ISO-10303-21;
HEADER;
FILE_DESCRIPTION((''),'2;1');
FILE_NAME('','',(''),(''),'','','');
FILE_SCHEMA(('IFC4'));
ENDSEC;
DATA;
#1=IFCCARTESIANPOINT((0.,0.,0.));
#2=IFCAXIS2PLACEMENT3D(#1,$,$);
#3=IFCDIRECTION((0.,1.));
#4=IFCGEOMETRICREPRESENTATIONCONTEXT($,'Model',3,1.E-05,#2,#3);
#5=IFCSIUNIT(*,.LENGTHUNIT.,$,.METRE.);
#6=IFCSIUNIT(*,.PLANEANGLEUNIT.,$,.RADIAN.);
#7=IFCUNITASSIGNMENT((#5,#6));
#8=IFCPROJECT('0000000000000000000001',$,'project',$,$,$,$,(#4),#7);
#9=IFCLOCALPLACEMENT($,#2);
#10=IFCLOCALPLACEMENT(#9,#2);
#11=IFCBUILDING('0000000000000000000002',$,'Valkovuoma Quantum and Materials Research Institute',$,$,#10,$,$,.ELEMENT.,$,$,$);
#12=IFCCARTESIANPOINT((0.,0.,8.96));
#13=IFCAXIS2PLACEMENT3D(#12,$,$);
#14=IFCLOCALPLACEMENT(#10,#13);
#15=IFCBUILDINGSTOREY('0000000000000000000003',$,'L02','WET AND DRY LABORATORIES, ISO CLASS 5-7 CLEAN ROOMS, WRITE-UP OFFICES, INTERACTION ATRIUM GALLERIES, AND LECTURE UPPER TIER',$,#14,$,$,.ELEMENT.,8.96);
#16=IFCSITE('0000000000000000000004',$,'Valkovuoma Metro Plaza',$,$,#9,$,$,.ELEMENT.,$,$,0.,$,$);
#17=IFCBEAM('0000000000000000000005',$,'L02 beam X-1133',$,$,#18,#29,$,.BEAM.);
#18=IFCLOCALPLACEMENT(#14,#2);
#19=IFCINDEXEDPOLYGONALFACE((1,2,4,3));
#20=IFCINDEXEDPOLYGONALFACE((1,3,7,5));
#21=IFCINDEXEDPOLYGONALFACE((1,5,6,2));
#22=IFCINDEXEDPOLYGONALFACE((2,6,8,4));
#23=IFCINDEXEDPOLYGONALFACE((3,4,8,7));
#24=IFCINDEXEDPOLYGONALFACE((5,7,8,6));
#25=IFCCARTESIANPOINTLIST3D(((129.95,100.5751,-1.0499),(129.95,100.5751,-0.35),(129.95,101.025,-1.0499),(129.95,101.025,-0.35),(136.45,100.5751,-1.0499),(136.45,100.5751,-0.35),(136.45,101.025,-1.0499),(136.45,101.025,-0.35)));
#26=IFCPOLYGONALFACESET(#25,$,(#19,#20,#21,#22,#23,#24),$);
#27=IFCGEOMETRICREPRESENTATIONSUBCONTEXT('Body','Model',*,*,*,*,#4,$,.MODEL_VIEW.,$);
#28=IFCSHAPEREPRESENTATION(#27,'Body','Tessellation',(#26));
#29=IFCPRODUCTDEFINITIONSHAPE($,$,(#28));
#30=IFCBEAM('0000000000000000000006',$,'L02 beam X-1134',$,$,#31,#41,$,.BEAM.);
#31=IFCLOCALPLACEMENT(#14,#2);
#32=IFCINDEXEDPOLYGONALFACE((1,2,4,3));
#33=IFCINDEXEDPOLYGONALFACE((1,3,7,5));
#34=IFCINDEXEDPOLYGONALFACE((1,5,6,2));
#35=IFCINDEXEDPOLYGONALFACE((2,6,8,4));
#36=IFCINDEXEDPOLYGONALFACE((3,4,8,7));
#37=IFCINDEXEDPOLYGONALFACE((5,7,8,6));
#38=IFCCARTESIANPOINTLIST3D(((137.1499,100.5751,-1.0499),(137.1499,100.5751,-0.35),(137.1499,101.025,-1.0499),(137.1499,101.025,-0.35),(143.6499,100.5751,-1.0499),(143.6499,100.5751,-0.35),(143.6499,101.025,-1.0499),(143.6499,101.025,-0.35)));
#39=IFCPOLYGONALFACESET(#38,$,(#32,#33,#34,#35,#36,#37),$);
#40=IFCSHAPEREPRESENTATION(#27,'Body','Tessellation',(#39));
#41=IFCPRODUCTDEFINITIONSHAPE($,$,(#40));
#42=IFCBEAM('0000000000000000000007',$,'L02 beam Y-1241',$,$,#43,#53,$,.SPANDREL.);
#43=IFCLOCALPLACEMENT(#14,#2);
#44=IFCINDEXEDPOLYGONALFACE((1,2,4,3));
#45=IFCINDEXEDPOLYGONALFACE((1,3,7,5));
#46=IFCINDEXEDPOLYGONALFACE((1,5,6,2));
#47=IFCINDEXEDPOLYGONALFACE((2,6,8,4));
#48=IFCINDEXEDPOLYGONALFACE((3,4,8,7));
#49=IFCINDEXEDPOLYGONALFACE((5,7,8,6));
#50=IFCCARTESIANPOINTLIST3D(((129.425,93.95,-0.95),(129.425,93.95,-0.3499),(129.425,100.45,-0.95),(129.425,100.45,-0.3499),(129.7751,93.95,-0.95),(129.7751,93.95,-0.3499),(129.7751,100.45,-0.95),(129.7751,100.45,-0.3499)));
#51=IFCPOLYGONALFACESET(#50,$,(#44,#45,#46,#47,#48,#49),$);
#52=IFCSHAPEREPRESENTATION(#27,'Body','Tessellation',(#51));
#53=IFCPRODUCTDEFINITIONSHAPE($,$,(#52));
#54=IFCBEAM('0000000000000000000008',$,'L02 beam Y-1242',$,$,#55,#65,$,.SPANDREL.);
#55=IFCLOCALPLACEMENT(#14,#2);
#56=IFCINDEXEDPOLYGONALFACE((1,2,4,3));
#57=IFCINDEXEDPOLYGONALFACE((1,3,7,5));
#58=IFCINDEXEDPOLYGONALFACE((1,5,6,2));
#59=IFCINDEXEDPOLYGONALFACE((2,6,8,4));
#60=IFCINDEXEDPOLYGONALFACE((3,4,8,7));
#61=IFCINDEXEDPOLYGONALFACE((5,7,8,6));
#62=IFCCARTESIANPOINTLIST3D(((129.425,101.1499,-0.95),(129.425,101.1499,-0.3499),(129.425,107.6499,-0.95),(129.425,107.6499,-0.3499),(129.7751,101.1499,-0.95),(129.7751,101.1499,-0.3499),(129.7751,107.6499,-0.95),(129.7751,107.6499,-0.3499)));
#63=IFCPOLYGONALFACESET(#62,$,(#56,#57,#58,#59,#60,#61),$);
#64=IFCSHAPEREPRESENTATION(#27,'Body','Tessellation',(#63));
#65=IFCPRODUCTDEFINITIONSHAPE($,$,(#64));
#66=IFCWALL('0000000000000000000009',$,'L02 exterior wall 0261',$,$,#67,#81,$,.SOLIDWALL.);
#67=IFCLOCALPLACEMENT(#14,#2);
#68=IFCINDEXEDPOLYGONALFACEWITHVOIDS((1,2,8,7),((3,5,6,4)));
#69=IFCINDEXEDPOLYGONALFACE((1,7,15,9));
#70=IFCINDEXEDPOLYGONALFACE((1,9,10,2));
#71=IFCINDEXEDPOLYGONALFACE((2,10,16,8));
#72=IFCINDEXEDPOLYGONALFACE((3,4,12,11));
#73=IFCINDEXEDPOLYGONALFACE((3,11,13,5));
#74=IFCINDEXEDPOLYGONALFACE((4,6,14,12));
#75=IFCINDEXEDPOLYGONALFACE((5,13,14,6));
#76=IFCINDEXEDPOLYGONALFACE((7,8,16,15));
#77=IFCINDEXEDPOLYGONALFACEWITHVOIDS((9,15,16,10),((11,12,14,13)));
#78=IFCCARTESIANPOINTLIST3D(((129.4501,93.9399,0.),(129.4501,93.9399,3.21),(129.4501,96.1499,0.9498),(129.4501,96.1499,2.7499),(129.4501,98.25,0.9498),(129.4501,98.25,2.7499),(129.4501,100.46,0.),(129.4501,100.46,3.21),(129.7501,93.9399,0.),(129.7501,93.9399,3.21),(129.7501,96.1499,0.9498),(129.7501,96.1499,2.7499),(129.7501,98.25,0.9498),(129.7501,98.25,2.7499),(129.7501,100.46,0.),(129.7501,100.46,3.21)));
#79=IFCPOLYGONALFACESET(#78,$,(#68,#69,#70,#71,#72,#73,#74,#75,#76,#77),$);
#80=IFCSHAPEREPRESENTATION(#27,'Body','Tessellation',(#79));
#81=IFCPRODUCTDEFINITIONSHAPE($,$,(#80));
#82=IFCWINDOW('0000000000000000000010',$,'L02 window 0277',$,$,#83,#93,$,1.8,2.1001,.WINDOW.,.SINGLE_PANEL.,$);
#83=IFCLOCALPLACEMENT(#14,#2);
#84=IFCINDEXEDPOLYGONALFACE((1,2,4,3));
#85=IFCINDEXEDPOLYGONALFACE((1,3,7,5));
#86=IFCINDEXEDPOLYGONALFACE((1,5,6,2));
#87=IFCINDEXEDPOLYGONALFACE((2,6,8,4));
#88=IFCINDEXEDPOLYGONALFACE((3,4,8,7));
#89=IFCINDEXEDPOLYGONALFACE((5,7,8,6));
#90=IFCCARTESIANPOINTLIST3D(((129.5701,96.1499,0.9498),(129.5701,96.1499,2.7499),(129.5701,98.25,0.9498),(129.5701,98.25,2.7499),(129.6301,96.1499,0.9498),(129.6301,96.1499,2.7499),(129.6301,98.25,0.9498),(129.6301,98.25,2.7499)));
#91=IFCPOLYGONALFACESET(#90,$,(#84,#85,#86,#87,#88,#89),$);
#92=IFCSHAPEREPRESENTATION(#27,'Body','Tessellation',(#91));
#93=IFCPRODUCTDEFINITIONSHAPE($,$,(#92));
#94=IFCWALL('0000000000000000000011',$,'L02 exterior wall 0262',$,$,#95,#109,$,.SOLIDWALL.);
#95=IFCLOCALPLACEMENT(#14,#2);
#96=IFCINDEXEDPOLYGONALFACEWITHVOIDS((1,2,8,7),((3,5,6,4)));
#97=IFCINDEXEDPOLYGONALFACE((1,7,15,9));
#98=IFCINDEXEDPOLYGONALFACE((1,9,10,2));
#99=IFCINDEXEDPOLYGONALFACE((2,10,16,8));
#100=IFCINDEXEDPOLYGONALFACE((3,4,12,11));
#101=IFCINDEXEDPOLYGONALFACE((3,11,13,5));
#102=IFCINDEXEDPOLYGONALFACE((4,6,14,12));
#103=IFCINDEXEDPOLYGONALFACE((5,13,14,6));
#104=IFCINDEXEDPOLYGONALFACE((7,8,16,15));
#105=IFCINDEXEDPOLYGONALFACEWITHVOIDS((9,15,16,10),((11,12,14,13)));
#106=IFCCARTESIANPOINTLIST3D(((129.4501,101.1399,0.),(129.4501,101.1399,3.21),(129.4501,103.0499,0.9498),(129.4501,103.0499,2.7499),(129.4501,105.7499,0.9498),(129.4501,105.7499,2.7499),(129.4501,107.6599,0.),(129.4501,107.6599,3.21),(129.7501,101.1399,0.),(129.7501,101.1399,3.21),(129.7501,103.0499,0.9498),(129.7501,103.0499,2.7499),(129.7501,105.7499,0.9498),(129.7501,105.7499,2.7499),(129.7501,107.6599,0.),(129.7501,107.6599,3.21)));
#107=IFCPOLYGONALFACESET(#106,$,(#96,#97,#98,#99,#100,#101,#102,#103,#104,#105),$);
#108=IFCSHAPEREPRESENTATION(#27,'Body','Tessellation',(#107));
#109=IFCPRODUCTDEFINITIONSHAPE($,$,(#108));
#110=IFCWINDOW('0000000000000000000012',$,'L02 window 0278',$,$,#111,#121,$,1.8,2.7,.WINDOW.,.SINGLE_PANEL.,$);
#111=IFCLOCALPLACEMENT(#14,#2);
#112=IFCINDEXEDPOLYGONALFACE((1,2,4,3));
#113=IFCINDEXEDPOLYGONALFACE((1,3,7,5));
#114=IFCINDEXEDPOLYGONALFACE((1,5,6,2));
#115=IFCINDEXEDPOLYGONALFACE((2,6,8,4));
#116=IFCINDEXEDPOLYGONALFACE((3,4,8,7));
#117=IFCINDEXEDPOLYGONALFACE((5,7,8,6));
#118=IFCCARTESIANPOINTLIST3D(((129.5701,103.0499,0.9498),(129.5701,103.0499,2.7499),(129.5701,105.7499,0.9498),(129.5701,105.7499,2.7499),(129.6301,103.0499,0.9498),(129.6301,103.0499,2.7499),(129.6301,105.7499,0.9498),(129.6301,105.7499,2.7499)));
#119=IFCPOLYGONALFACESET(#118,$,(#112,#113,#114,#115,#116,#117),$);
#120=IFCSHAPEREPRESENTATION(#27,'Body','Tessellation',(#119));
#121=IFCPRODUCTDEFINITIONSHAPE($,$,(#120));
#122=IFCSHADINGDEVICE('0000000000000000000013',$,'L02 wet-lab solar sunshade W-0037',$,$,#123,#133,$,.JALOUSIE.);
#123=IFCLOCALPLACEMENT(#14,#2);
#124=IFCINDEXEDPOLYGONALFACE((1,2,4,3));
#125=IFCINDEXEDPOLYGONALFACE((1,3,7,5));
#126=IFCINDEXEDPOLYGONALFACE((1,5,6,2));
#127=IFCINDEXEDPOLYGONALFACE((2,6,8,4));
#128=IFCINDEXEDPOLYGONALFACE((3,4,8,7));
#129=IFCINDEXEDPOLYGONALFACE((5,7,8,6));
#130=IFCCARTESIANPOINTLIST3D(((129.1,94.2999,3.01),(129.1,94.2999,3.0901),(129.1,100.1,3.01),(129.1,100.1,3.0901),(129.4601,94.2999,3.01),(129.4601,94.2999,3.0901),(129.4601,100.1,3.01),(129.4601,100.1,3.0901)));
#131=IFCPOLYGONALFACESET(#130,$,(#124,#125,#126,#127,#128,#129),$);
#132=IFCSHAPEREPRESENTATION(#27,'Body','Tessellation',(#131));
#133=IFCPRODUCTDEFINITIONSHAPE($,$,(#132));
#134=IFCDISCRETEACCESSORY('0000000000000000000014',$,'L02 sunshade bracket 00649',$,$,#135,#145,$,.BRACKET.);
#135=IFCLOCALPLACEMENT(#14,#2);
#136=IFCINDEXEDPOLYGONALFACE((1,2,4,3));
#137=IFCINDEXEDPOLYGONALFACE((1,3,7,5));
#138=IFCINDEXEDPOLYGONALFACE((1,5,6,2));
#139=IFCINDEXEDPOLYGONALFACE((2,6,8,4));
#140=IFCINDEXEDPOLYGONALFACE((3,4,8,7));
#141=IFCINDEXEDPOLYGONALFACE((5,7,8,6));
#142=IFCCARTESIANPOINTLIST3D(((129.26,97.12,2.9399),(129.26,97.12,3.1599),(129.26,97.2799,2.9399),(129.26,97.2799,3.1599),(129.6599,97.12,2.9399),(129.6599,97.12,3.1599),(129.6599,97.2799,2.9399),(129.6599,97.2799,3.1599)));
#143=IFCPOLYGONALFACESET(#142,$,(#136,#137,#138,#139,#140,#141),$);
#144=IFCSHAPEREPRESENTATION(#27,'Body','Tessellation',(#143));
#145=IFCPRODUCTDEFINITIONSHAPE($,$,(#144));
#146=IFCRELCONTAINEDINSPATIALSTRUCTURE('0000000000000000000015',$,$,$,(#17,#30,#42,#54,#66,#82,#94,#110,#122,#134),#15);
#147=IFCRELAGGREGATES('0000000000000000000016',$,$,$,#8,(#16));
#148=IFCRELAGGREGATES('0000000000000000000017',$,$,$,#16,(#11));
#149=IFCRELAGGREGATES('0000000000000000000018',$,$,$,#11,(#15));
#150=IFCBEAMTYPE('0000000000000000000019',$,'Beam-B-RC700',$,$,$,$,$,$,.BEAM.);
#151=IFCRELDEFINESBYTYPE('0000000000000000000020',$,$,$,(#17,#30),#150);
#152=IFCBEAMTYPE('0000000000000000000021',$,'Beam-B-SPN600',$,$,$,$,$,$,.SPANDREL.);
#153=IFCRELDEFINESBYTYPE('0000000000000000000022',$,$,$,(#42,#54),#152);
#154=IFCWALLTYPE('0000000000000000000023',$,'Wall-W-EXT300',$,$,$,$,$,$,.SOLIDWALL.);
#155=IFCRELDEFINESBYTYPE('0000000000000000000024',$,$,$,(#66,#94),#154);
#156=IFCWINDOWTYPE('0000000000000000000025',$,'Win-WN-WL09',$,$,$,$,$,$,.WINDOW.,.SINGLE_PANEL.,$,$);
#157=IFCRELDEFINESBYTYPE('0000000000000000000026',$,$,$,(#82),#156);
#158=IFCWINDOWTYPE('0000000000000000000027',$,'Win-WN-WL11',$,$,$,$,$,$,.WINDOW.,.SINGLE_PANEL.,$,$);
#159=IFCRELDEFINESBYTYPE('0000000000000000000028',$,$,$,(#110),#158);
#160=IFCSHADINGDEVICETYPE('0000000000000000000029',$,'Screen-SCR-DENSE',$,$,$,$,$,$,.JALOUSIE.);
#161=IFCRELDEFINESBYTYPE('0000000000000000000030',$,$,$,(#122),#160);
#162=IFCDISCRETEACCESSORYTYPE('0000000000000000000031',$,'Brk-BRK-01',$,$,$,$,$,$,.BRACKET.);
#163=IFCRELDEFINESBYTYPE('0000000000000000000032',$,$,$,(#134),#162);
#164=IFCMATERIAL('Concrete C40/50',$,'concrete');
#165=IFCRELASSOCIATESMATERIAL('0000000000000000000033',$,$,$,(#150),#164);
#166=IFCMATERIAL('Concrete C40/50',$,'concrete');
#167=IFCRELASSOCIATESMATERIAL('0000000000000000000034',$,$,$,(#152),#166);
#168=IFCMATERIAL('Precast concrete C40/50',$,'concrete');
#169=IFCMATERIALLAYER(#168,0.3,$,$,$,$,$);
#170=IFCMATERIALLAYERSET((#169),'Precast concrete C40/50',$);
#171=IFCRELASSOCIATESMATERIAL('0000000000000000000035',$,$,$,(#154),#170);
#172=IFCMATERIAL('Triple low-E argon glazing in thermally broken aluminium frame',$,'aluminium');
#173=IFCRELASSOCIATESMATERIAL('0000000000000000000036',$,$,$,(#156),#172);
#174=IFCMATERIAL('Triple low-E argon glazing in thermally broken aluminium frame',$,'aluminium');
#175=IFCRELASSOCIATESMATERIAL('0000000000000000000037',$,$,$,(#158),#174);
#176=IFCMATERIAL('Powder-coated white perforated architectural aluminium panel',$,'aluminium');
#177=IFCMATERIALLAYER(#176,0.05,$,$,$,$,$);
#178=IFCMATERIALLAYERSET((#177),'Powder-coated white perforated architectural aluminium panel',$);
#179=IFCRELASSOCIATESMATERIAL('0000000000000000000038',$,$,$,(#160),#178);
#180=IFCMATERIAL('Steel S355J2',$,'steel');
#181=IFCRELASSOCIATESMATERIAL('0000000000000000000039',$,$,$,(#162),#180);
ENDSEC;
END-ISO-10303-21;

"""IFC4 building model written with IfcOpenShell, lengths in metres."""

from ifc_helpers import new_model, si_unit, direction, frame, frame_2d, origin, origin_2d, place, context, subcontext, project, spatial, rectangle, extrude, material, layer, layer_set, material_profile, profile_set, type_object, element, fill, save


model = new_model("IFC4")

# Units and contexts
model_context = context("Model", 3, precision=1e-05, world=origin(), true_north=direction((0.0, 1.0)))
body_context = subcontext(model_context, "Body", "Model", "MODEL_VIEW")
ifc_project = project(units=[si_unit("LENGTHUNIT", "METRE"), si_unit("PLANEANGLEUNIT", "RADIAN")], contexts=[model_context])

# Site, building, storey
site_placement = place(None, origin())
site = spatial("IfcSite", under=ifc_project, at=site_placement, Name="Valkovuoma Metro Plaza", CompositionType="ELEMENT", RefElevation=0.0)
building_placement = place(site_placement, origin())
building = spatial("IfcBuilding", under=site, at=building_placement, Name="Valkovuoma Quantum and Materials Research Institute", CompositionType="ELEMENT")
storey_placement = place(building_placement, frame((0.0, 0.0, 8.96)))
storey = spatial("IfcBuildingStorey", under=building, at=storey_placement, Name="L02", Description="WET AND DRY LABORATORIES, ISO CLASS 5-7 CLEAN ROOMS, WRITE-UP OFFICES, INTERACTION ATRIUM GALLERIES, AND LECTURE UPPER TIER", CompositionType="ELEMENT", Elevation=8.96)

# Beams
ifc_material_1 = material(Name="Concrete C40/50", Category="concrete")
ifc_material_profile_1 = material_profile(ifc_material_1, rectangle(XDim=0.45, YDim=0.7, at=origin_2d()), Name="Concrete C40/50")
ifc_profile_set_1 = profile_set([ifc_material_profile_1], Name="Concrete C40/50")
beam_type_1 = type_object("IfcBeamType", Name="Beam-B-RC700", PredefinedType="BEAM", material=ifc_profile_set_1)
for number, where, z_axis, x_axis, name in (
    (1, (129.95, 100.8, -0.7), (1.0, 0.0, 0.0), (0.0, 1.0, 0.0), "L02 beam X-1133"),
    (2, (137.1499, 100.8, -0.7), (1.0, 0.0, 0.0), (0.0, 1.0, 0.0), "L02 beam X-1134"),
):
    element("IfcBeam", number, at=place(storey_placement, frame(where, z_axis=z_axis, x_axis=x_axis)), inside=storey, type_object=beam_type_1, Name=name, PredefinedType="BEAM", context=body_context, shape_type="SweptSolid", body=[
        extrude(rectangle(XDim=0.45, YDim=0.7, at=origin_2d()), origin(), (0.0, 0.0, 1.0), 6.5),
    ])
ifc_material_2 = material(Name="Concrete C40/50", Category="concrete")
ifc_material_profile_2 = material_profile(ifc_material_2, rectangle(XDim=0.3501, YDim=0.6001, at=origin_2d()), Name="Concrete C40/50")
ifc_profile_set_2 = profile_set([ifc_material_profile_2], Name="Concrete C40/50")
beam_type_2 = type_object("IfcBeamType", Name="Beam-B-SPN600", PredefinedType="SPANDREL", material=ifc_profile_set_2)
for number, where, z_axis, x_axis, name in (
    (3, (129.6001, 93.95, -0.6499), (0.0, 1.0, 0.0), (-1.0, 0.0, 0.0), "L02 beam Y-1241"),
    (4, (129.6001, 101.1499, -0.6499), (0.0, 1.0, 0.0), (-1.0, 0.0, 0.0), "L02 beam Y-1242"),
):
    element("IfcBeam", number, at=place(storey_placement, frame(where, z_axis=z_axis, x_axis=x_axis)), inside=storey, type_object=beam_type_2, Name=name, PredefinedType="SPANDREL", context=body_context, shape_type="SweptSolid", body=[
        extrude(rectangle(XDim=0.3501, YDim=0.6001, at=origin_2d()), origin(), (0.0, 0.0, 1.0), 6.5),
    ])

# Walls, openings, windows
ifc_material_3 = material(Name="Precast concrete C40/50", Category="concrete")
ifc_layer_1 = layer(ifc_material_3, 0.3)
ifc_layer_set_1 = layer_set([ifc_layer_1], Name="Precast concrete C40/50")
wall_type = type_object("IfcWallType", Name="Wall-W-EXT300", PredefinedType="SOLIDWALL", material=ifc_layer_set_1)
wall_1_placement = place(storey_placement, frame((129.6001, 93.9399, 0.0), z_axis=(0.0, 0.0, 1.0), x_axis=(0.0, 1.0, 0.0)))
wall_1 = element("IfcWall", 5, at=wall_1_placement, inside=storey, type_object=wall_type, Name="L02 exterior wall 0261", PredefinedType="SOLIDWALL", context=body_context, shape_type="SweptSolid", body=[
    extrude(rectangle(XDim=6.52, YDim=0.3, at=frame_2d((3.26, 0.0))), origin(), (0.0, 0.0, 1.0), 3.21),
])
opening_1_placement = place(wall_1_placement, frame((2.21, 0.0, 0.95)))
opening_1 = element("IfcOpeningElement", 6, at=opening_1_placement, cuts=wall_1, PredefinedType="OPENING", context=body_context, shape_type="SweptSolid", body=[
    extrude(rectangle(XDim=2.1001, YDim=1.8, at=frame_2d((1.05, 0.8999))), frame((0.0, 0.1602, 0.0), z_axis=(0.0, -1.0, 0.0), x_axis=(1.0, 0.0, 0.0)), (0.0, 0.0, 1.0), 0.3201),
])
ifc_material_4 = material(Name="Triple low-E argon glazing in thermally broken aluminium frame", Category="aluminium")
window_type_1 = type_object("IfcWindowType", Name="Win-WN-WL09", PartitioningType="SINGLE_PANEL", PredefinedType="WINDOW", material=ifc_material_4)
window_1_placement = place(opening_1_placement, origin())
window_1 = element("IfcWindow", 7, at=window_1_placement, inside=storey, type_object=window_type_1, Name="L02 window 0277", OverallHeight=1.8, OverallWidth=2.1001, PartitioningType="SINGLE_PANEL", PredefinedType="WINDOW", context=body_context, shape_type="SweptSolid", body=[
    extrude(rectangle(XDim=2.1001, YDim=1.8, at=frame_2d((1.05, 0.8999))), frame((0.0, 0.03, 0.0), z_axis=(0.0, -1.0, 0.0), x_axis=(1.0, 0.0, 0.0)), (0.0, 0.0, 1.0), 0.0601),
])
fill(opening_1, window_1)
wall_2_placement = place(storey_placement, frame((129.6001, 101.1399, 0.0), z_axis=(0.0, 0.0, 1.0), x_axis=(0.0, 1.0, 0.0)))
wall_2 = element("IfcWall", 8, at=wall_2_placement, inside=storey, type_object=wall_type, Name="L02 exterior wall 0262", PredefinedType="SOLIDWALL", context=body_context, shape_type="SweptSolid", body=[
    extrude(rectangle(XDim=6.52, YDim=0.3, at=frame_2d((3.26, 0.0))), origin(), (0.0, 0.0, 1.0), 3.21),
])
opening_2_placement = place(wall_2_placement, frame((1.9099, 0.0, 0.95)))
opening_2 = element("IfcOpeningElement", 9, at=opening_2_placement, cuts=wall_2, PredefinedType="OPENING", context=body_context, shape_type="SweptSolid", body=[
    extrude(rectangle(XDim=2.7, YDim=1.8, at=frame_2d((1.3501, 0.8999))), frame((0.0, 0.1602, 0.0), z_axis=(0.0, -1.0, 0.0), x_axis=(1.0, 0.0, 0.0)), (0.0, 0.0, 1.0), 0.3201),
])
ifc_material_5 = material(Name="Triple low-E argon glazing in thermally broken aluminium frame", Category="aluminium")
window_type_2 = type_object("IfcWindowType", Name="Win-WN-WL11", PartitioningType="SINGLE_PANEL", PredefinedType="WINDOW", material=ifc_material_5)
window_2_placement = place(opening_2_placement, origin())
window_2 = element("IfcWindow", 10, at=window_2_placement, inside=storey, type_object=window_type_2, Name="L02 window 0278", OverallHeight=1.8, OverallWidth=2.7, PartitioningType="SINGLE_PANEL", PredefinedType="WINDOW", context=body_context, shape_type="SweptSolid", body=[
    extrude(rectangle(XDim=2.7, YDim=1.8, at=frame_2d((1.3501, 0.8999))), frame((0.0, 0.03, 0.0), z_axis=(0.0, -1.0, 0.0), x_axis=(1.0, 0.0, 0.0)), (0.0, 0.0, 1.0), 0.0601),
])
fill(opening_2, window_2)

# Shading device
ifc_material_6 = material(Name="Powder-coated white perforated architectural aluminium panel", Category="aluminium")
ifc_layer_2 = layer(ifc_material_6, 0.05)
ifc_layer_set_2 = layer_set([ifc_layer_2], Name="Powder-coated white perforated architectural aluminium panel")
shading_device_type = type_object("IfcShadingDeviceType", Name="Screen-SCR-DENSE", PredefinedType="JALOUSIE", material=ifc_layer_set_2)
shading_device_placement = place(storey_placement, frame((129.28, 97.2, 3.01), z_axis=(0.0, 0.0, 1.0), x_axis=(1.0, 0.0, 0.0)))
element("IfcShadingDevice", 11, at=shading_device_placement, inside=storey, type_object=shading_device_type, Name="L02 wet-lab solar sunshade W-0037", PredefinedType="JALOUSIE", context=body_context, shape_type="SweptSolid", body=[
    extrude(rectangle(XDim=0.3601, YDim=5.8, at=origin_2d()), origin(), (0.0, 0.0, 1.0), 0.0801),
])

# Discrete accessory
ifc_material_7 = material(Name="Steel S355J2", Category="steel")
discrete_accessory_type = type_object("IfcDiscreteAccessoryType", Name="Brk-BRK-01", PredefinedType="BRACKET", material=ifc_material_7)
discrete_accessory_placement = place(storey_placement, frame((129.46, 97.2, 2.9399), z_axis=(0.0, 0.0, 1.0), x_axis=(1.0, 0.0, 0.0)))
element("IfcDiscreteAccessory", 12, at=discrete_accessory_placement, inside=storey, type_object=discrete_accessory_type, Name="L02 sunshade bracket 00649", PredefinedType="BRACKET", context=body_context, shape_type="SweptSolid", body=[
    extrude(rectangle(XDim=0.3999, YDim=0.1599, at=origin_2d()), origin(), (0.0, 0.0, 1.0), 0.22),
])

save(model, "model.ifc")
